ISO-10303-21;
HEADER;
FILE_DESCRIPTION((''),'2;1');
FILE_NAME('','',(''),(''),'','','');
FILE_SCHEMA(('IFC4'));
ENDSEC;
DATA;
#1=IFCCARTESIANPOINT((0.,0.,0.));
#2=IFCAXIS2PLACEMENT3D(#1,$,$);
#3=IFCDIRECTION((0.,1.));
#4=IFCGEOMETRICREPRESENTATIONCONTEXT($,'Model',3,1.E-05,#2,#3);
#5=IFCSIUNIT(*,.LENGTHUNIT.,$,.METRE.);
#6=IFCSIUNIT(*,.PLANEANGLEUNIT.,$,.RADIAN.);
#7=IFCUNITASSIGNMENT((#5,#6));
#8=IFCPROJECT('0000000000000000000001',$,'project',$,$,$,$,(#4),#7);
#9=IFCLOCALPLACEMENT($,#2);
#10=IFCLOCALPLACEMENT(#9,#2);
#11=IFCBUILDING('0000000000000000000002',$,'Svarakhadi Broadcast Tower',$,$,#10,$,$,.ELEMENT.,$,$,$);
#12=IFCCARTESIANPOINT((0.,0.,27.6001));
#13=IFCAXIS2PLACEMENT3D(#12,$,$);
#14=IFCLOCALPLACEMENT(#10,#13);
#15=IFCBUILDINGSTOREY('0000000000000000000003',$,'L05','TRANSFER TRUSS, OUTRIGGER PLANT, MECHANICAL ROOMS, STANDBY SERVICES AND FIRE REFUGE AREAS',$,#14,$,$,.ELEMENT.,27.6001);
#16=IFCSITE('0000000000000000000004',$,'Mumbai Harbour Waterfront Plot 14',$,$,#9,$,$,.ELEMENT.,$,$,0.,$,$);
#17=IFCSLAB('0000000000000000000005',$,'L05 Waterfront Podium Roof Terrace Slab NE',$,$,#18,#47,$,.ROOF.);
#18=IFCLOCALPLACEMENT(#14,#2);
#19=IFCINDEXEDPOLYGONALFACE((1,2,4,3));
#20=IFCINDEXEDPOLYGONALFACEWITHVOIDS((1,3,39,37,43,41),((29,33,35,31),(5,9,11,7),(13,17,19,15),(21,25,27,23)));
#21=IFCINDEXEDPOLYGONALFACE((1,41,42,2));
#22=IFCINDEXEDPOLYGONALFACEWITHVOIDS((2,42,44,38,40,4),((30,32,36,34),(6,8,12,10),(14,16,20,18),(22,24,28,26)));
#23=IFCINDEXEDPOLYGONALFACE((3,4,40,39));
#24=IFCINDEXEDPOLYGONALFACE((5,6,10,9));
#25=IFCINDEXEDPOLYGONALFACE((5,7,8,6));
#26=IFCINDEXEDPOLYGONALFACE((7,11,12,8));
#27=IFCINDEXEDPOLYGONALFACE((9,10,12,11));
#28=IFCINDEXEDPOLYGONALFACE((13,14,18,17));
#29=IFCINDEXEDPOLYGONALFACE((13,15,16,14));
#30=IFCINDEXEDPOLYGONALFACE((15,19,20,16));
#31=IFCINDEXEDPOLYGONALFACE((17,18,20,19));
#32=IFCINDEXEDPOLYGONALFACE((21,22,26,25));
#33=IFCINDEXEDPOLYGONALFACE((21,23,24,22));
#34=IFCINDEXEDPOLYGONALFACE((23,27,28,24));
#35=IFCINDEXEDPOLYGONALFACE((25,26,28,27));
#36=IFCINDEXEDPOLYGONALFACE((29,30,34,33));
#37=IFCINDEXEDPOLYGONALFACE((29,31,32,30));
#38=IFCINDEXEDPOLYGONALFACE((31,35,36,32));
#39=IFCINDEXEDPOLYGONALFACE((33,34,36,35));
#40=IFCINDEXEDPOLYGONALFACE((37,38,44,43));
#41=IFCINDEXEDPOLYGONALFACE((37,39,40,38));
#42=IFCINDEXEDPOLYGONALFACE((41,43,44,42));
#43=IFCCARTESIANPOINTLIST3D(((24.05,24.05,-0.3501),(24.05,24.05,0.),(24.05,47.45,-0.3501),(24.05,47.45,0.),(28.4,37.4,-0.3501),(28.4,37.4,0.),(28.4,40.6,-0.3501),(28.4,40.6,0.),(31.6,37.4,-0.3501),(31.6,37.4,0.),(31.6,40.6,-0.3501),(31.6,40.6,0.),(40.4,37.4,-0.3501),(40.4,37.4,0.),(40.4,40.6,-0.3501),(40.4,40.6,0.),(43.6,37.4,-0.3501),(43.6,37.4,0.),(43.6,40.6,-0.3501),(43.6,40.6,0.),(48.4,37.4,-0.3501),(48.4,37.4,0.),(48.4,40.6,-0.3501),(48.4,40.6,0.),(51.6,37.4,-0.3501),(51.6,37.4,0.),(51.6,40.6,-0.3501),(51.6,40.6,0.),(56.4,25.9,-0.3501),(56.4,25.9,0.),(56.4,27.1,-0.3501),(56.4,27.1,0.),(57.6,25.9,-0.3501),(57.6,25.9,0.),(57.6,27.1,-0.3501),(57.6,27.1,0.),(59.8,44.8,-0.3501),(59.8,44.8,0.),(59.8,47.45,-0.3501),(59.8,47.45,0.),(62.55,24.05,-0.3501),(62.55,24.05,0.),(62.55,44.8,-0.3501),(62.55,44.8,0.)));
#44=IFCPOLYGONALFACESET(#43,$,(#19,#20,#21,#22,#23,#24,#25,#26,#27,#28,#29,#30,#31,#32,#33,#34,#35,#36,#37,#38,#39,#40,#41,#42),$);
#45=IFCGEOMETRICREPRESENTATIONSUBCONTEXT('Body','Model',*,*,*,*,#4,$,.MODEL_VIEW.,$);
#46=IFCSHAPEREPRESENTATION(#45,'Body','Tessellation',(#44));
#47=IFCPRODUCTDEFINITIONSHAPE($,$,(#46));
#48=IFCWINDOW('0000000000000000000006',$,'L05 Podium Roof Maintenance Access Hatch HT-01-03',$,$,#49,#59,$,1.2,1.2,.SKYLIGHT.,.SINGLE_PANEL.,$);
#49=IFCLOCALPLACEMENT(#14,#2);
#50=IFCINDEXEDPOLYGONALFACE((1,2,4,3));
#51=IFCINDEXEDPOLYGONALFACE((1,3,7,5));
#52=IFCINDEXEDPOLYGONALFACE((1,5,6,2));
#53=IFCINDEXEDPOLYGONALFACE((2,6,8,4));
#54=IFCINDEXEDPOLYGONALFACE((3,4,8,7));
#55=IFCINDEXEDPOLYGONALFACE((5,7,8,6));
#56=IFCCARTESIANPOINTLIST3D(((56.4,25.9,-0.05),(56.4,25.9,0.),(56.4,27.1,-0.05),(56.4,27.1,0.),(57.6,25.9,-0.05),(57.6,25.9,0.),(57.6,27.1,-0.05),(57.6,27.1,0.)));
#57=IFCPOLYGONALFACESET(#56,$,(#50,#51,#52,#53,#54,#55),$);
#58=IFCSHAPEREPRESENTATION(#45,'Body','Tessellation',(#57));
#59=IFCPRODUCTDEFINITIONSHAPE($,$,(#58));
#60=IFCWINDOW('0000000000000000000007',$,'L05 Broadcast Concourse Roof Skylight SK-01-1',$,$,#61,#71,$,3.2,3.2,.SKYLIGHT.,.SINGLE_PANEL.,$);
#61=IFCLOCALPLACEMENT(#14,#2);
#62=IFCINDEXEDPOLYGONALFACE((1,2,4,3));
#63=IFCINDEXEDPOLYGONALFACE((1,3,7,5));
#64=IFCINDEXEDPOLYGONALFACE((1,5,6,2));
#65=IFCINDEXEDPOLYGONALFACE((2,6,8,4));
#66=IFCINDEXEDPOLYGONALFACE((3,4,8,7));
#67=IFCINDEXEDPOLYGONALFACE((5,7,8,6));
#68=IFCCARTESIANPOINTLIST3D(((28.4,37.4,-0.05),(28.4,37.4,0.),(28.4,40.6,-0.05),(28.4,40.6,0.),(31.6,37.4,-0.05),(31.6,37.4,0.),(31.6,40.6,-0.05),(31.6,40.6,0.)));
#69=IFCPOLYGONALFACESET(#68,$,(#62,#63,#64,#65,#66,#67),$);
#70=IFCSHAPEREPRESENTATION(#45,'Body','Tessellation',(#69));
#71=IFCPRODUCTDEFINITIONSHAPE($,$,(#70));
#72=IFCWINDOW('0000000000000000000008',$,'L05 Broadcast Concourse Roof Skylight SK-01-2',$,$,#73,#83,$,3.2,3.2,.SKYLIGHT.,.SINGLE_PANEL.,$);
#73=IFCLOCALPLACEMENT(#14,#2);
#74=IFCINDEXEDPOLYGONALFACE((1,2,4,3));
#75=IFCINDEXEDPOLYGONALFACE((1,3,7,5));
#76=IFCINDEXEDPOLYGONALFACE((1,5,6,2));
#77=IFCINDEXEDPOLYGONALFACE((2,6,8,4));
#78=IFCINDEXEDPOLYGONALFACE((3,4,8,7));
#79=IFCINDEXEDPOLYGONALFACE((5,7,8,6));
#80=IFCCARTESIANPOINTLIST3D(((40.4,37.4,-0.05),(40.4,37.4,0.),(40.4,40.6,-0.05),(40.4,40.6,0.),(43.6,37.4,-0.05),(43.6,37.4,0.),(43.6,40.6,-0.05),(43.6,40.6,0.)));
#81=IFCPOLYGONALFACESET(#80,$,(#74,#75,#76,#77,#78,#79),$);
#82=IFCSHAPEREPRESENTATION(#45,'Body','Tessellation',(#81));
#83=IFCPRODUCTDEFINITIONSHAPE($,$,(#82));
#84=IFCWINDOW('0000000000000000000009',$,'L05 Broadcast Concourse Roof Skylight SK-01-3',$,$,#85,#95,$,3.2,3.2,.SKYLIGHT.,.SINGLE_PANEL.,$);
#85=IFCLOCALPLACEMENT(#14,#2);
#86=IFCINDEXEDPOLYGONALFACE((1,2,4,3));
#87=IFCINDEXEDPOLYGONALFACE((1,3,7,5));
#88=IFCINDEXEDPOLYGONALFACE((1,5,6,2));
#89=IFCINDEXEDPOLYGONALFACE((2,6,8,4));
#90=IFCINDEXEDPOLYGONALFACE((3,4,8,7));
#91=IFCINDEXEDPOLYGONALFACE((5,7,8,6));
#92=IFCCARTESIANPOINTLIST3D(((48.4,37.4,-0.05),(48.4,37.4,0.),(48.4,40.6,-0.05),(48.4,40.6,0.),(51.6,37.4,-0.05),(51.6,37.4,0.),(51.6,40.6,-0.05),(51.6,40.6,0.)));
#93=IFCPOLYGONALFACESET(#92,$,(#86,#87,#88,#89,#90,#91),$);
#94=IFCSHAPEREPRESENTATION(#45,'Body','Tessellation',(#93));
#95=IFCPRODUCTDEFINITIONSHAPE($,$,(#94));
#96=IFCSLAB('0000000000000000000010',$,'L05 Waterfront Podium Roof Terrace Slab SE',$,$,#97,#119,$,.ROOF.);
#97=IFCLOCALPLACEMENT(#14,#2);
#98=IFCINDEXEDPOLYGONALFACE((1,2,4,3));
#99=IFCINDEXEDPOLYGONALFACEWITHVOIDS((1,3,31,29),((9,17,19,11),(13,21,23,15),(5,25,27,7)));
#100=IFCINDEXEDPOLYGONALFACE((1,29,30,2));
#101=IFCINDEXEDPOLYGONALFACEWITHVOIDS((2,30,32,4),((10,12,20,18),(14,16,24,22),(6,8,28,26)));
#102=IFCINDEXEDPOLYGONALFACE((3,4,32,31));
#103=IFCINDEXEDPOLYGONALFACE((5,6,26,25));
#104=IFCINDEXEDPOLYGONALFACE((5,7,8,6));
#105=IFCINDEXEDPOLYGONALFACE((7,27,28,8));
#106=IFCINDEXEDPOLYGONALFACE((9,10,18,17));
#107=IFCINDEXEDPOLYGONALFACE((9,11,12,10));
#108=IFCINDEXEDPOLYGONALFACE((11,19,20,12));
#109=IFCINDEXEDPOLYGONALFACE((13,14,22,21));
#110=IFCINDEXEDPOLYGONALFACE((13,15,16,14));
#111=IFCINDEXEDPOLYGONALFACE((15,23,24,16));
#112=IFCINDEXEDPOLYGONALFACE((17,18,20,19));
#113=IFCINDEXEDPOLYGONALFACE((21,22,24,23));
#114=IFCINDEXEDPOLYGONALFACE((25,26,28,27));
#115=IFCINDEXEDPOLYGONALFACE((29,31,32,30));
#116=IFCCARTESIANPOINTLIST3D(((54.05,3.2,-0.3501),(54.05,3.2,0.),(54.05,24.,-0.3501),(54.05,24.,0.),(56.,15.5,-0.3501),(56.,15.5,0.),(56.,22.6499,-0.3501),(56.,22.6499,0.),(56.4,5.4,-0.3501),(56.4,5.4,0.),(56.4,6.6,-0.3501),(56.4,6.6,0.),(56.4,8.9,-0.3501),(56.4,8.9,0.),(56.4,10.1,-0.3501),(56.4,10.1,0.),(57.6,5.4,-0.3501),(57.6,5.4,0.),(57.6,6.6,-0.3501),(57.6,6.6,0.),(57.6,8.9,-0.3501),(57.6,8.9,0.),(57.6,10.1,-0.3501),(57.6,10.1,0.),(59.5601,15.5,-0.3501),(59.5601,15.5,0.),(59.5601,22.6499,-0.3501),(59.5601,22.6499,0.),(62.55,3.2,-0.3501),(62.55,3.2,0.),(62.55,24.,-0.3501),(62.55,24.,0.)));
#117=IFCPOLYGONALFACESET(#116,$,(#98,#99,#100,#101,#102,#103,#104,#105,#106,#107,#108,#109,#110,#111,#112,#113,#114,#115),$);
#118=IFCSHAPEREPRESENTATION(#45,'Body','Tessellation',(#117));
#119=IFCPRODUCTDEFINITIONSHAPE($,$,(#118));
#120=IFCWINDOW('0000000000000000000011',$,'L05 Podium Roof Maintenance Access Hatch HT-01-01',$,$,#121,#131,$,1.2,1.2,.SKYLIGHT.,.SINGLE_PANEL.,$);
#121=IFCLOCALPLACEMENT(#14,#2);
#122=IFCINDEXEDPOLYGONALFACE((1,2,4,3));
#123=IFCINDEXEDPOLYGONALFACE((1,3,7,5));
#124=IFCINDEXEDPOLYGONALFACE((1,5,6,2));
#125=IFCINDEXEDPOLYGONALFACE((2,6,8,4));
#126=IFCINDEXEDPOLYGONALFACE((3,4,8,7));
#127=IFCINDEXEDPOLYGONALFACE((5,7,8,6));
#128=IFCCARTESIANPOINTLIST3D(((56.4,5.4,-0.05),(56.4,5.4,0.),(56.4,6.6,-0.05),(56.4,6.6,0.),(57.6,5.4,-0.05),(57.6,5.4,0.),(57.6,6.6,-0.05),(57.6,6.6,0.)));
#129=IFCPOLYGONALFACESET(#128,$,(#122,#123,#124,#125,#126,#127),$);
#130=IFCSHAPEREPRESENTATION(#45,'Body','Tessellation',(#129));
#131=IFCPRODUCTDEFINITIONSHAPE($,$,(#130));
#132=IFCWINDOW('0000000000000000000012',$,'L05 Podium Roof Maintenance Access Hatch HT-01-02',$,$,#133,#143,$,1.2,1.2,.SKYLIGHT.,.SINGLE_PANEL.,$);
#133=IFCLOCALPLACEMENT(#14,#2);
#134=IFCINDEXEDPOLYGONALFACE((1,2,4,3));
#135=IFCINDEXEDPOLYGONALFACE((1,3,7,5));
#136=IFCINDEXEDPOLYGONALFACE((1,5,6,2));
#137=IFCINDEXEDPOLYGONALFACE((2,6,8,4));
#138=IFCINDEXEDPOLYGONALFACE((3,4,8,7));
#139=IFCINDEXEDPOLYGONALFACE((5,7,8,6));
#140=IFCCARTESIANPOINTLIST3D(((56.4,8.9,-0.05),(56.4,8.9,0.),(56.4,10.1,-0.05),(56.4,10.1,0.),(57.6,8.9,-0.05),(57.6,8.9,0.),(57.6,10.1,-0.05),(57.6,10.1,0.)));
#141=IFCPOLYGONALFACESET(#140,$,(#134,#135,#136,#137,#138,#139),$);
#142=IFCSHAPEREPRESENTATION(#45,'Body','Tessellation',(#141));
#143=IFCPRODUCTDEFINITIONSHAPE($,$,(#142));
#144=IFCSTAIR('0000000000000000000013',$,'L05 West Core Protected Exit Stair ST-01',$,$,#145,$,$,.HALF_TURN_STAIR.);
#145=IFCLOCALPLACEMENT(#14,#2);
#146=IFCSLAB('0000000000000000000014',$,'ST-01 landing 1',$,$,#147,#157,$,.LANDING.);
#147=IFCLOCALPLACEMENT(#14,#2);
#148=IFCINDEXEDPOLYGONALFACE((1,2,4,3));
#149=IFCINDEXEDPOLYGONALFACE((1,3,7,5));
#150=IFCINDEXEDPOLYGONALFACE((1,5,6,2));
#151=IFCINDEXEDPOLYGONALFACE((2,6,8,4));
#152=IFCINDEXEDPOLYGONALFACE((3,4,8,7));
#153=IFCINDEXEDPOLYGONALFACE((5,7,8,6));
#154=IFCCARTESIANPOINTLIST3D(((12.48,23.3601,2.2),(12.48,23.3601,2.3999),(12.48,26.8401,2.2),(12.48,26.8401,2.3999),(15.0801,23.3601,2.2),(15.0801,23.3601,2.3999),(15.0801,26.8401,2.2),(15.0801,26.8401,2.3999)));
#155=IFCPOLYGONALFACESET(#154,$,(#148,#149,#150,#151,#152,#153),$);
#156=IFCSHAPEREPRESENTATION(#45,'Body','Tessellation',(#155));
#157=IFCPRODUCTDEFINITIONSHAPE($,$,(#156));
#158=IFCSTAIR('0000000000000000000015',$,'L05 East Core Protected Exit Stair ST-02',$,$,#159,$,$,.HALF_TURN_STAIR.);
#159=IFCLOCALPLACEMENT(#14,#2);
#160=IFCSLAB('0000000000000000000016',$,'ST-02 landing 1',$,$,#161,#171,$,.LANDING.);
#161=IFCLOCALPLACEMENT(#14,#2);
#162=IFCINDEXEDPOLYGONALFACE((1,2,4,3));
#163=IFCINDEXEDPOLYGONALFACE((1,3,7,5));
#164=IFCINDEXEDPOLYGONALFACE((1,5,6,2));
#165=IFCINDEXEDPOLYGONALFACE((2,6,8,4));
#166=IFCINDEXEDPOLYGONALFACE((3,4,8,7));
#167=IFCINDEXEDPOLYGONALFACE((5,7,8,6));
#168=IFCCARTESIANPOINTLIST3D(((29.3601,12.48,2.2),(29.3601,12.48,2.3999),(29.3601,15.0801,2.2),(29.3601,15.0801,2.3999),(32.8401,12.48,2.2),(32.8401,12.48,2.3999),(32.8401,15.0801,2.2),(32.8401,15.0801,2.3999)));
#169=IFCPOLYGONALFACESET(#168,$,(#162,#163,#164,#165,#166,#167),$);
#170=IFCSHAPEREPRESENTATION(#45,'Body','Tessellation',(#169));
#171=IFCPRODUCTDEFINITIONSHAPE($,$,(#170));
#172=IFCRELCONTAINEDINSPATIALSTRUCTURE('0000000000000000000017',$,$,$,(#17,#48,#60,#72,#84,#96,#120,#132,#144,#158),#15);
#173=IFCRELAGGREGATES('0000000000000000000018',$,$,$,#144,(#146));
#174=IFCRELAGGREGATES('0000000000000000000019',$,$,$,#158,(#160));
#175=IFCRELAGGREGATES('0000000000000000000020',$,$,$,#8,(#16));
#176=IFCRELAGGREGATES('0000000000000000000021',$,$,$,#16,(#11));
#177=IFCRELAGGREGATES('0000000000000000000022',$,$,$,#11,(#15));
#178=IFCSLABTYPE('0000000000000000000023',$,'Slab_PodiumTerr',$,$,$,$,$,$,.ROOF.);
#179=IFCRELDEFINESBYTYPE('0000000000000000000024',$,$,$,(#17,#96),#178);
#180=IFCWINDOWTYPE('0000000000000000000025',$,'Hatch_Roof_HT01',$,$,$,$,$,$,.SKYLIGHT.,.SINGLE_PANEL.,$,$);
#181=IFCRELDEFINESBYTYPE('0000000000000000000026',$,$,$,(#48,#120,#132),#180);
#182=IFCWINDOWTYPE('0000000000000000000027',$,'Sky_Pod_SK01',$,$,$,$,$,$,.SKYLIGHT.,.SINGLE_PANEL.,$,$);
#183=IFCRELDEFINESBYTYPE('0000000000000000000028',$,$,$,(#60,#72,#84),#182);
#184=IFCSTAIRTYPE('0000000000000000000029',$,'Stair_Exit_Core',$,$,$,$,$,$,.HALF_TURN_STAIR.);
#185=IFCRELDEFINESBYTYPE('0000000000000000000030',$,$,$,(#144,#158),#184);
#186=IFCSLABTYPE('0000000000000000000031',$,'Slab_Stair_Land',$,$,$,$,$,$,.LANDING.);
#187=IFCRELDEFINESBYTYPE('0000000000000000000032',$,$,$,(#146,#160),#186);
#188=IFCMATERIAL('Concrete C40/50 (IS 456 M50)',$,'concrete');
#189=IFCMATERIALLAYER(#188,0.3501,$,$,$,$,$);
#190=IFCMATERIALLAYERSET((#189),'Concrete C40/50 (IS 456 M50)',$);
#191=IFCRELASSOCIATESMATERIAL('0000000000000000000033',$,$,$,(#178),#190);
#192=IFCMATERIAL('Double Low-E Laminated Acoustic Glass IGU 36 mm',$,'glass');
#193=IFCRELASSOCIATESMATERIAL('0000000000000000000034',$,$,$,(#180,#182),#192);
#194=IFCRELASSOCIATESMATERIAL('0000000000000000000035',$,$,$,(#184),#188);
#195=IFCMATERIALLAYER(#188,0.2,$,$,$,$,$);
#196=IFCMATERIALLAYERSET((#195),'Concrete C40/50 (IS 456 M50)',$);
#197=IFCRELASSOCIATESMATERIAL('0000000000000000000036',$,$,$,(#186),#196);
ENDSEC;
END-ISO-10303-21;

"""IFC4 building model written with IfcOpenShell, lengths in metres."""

from ifc_helpers import new_model, si_unit, direction, frame, origin, origin_2d, place, context, subcontext, project, spatial, polyline, rectangle, outline, extrude, material, layer, layer_set, type_object, element, fill, aggregate, save


model = new_model("IFC4")

# Units and contexts
model_context = context("Model", 3, precision=1e-05, world=origin(), true_north=direction((0.0, 1.0)))
body_context = subcontext(model_context, "Body", "Model", "MODEL_VIEW")
ifc_project = project(units=[si_unit("LENGTHUNIT", "METRE"), si_unit("PLANEANGLEUNIT", "RADIAN")], contexts=[model_context])

# Site, building, storey
site_placement = place(None, origin())
site = spatial("IfcSite", under=ifc_project, at=site_placement, Name="Mumbai Harbour Waterfront Plot 14", CompositionType="ELEMENT", RefElevation=0.0)
building_placement = place(site_placement, origin())
building = spatial("IfcBuilding", under=site, at=building_placement, Name="Svarakhadi Broadcast Tower", CompositionType="ELEMENT")
storey_placement = place(building_placement, frame((0.0, 0.0, 27.6001)))
storey = spatial("IfcBuildingStorey", under=building, at=storey_placement, Name="L05", Description="TRANSFER TRUSS, OUTRIGGER PLANT, MECHANICAL ROOMS, STANDBY SERVICES AND FIRE REFUGE AREAS", CompositionType="ELEMENT", Elevation=27.6001)

# Slabs, openings, windows
ifc_material_1 = material(Name="Concrete C40/50 (IS 456 M50)", Category="concrete")
ifc_layer_1 = layer(ifc_material_1, 0.3501)
ifc_layer_set_1 = layer_set([ifc_layer_1], Name="Concrete C40/50 (IS 456 M50)")
slab_type_1 = type_object("IfcSlabType", Name="Slab_PodiumTerr", PredefinedType="ROOF", material=ifc_layer_set_1)
slab_1_placement = place(storey_placement, frame((0.0, 0.0, -0.3501)))
slab_1 = element("IfcSlab", 1, at=slab_1_placement, inside=storey, type_object=slab_type_1, Name="L05 Waterfront Podium Roof Terrace Slab NE", PredefinedType="ROOF", context=body_context, shape_type="SweptSolid", body=[
    extrude(outline(polyline([(24.05, 24.05), (62.55, 24.05), (62.55, 44.8), (59.8, 44.8), (59.8, 47.45), (24.05, 47.45), (24.05, 24.05)])), origin(), (0.0, 0.0, 1.0), 0.3501),
])
opening_1_placement = place(slab_1_placement, frame((30.0, 39.0, -0.01)))
opening_1 = element("IfcOpeningElement", 2, at=opening_1_placement, cuts=slab_1, PredefinedType="OPENING", context=body_context, shape_type="SweptSolid", body=[
    extrude(rectangle(XDim=3.2, YDim=3.2, at=origin_2d()), origin(), (0.0, 0.0, 1.0), 0.3701),
])
opening_2_placement = place(slab_1_placement, frame((42.0, 39.0, -0.01)))
opening_2 = element("IfcOpeningElement", 3, at=opening_2_placement, cuts=slab_1, PredefinedType="OPENING", context=body_context, shape_type="SweptSolid", body=[
    extrude(rectangle(XDim=3.2, YDim=3.2, at=origin_2d()), origin(), (0.0, 0.0, 1.0), 0.3701),
])
opening_3_placement = place(slab_1_placement, frame((50.0, 39.0, -0.01)))
opening_3 = element("IfcOpeningElement", 4, at=opening_3_placement, cuts=slab_1, PredefinedType="OPENING", context=body_context, shape_type="SweptSolid", body=[
    extrude(rectangle(XDim=3.2, YDim=3.2, at=origin_2d()), origin(), (0.0, 0.0, 1.0), 0.3701),
])
opening_4_placement = place(slab_1_placement, frame((57.0, 26.5, -0.01)))
opening_4 = element("IfcOpeningElement", 5, at=opening_4_placement, cuts=slab_1, PredefinedType="OPENING", context=body_context, shape_type="SweptSolid", body=[
    extrude(rectangle(XDim=1.2, YDim=1.2, at=origin_2d()), origin(), (0.0, 0.0, 1.0), 0.3701),
])
ifc_material_2 = material(Name="Double Low-E Laminated Acoustic Glass IGU 36 mm", Category="glass")
window_type_1 = type_object("IfcWindowType", Name="Hatch_Roof_HT01", PartitioningType="SINGLE_PANEL", PredefinedType="SKYLIGHT", material=ifc_material_2)
window_1_placement = place(slab_1_placement, frame((57.0, 26.5, 0.3)))
window_1 = element("IfcWindow", 6, at=window_1_placement, inside=storey, type_object=window_type_1, Name="L05 Podium Roof Maintenance Access Hatch HT-01-03", OverallHeight=1.2, OverallWidth=1.2, PartitioningType="SINGLE_PANEL", PredefinedType="SKYLIGHT", context=body_context, shape_type="SweptSolid", body=[
    extrude(rectangle(XDim=1.2, YDim=1.2, at=origin_2d()), origin(), (0.0, 0.0, 1.0), 0.05),
])
fill(opening_4, window_1)
window_type_2 = type_object("IfcWindowType", Name="Sky_Pod_SK01", PartitioningType="SINGLE_PANEL", PredefinedType="SKYLIGHT", material=ifc_material_2)
window_2_placement = place(slab_1_placement, frame((30.0, 39.0, 0.3)))
window_2 = element("IfcWindow", 7, at=window_2_placement, inside=storey, type_object=window_type_2, Name="L05 Broadcast Concourse Roof Skylight SK-01-1", OverallHeight=3.2, OverallWidth=3.2, PartitioningType="SINGLE_PANEL", PredefinedType="SKYLIGHT", context=body_context, shape_type="SweptSolid", body=[
    extrude(rectangle(XDim=3.2, YDim=3.2, at=origin_2d()), origin(), (0.0, 0.0, 1.0), 0.05),
])
fill(opening_1, window_2)
window_3_placement = place(slab_1_placement, frame((42.0, 39.0, 0.3)))
window_3 = element("IfcWindow", 8, at=window_3_placement, inside=storey, type_object=window_type_2, Name="L05 Broadcast Concourse Roof Skylight SK-01-2", OverallHeight=3.2, OverallWidth=3.2, PartitioningType="SINGLE_PANEL", PredefinedType="SKYLIGHT", context=body_context, shape_type="SweptSolid", body=[
    extrude(rectangle(XDim=3.2, YDim=3.2, at=origin_2d()), origin(), (0.0, 0.0, 1.0), 0.05),
])
fill(opening_2, window_3)
window_4_placement = place(slab_1_placement, frame((50.0, 39.0, 0.3)))
window_4 = element("IfcWindow", 9, at=window_4_placement, inside=storey, type_object=window_type_2, Name="L05 Broadcast Concourse Roof Skylight SK-01-3", OverallHeight=3.2, OverallWidth=3.2, PartitioningType="SINGLE_PANEL", PredefinedType="SKYLIGHT", context=body_context, shape_type="SweptSolid", body=[
    extrude(rectangle(XDim=3.2, YDim=3.2, at=origin_2d()), origin(), (0.0, 0.0, 1.0), 0.05),
])
fill(opening_3, window_4)
slab_2_placement = place(storey_placement, frame((0.0, 0.0, -0.3501)))
slab_2 = element("IfcSlab", 10, at=slab_2_placement, inside=storey, type_object=slab_type_1, Name="L05 Waterfront Podium Roof Terrace Slab SE", PredefinedType="ROOF", context=body_context, shape_type="SweptSolid", body=[
    extrude(outline(polyline([(54.05, 3.2), (62.55, 3.2), (62.55, 24.0), (54.05, 24.0), (54.05, 3.2)]), holes=[polyline([(59.5601, 15.5), (59.5601, 22.6499), (56.0, 22.6499), (56.0, 15.5), (59.5601, 15.5)])]), origin(), (0.0, 0.0, 1.0), 0.3501),
])
opening_5_placement = place(slab_2_placement, frame((57.0, 6.0, -0.01)))
opening_5 = element("IfcOpeningElement", 11, at=opening_5_placement, cuts=slab_2, PredefinedType="OPENING", context=body_context, shape_type="SweptSolid", body=[
    extrude(rectangle(XDim=1.2, YDim=1.2, at=origin_2d()), origin(), (0.0, 0.0, 1.0), 0.3701),
])
opening_6_placement = place(slab_2_placement, frame((57.0, 9.5, -0.01)))
opening_6 = element("IfcOpeningElement", 12, at=opening_6_placement, cuts=slab_2, PredefinedType="OPENING", context=body_context, shape_type="SweptSolid", body=[
    extrude(rectangle(XDim=1.2, YDim=1.2, at=origin_2d()), origin(), (0.0, 0.0, 1.0), 0.3701),
])
window_5_placement = place(slab_2_placement, frame((57.0, 6.0, 0.3)))
window_5 = element("IfcWindow", 13, at=window_5_placement, inside=storey, type_object=window_type_1, Name="L05 Podium Roof Maintenance Access Hatch HT-01-01", OverallHeight=1.2, OverallWidth=1.2, PartitioningType="SINGLE_PANEL", PredefinedType="SKYLIGHT", context=body_context, shape_type="SweptSolid", body=[
    extrude(rectangle(XDim=1.2, YDim=1.2, at=origin_2d()), origin(), (0.0, 0.0, 1.0), 0.05),
])
fill(opening_5, window_5)
window_6_placement = place(slab_2_placement, frame((57.0, 9.5, 0.3)))
window_6 = element("IfcWindow", 14, at=window_6_placement, inside=storey, type_object=window_type_1, Name="L05 Podium Roof Maintenance Access Hatch HT-01-02", OverallHeight=1.2, OverallWidth=1.2, PartitioningType="SINGLE_PANEL", PredefinedType="SKYLIGHT", context=body_context, shape_type="SweptSolid", body=[
    extrude(rectangle(XDim=1.2, YDim=1.2, at=origin_2d()), origin(), (0.0, 0.0, 1.0), 0.05),
])
fill(opening_6, window_6)

# Stairs, slabs
stair_type = type_object("IfcStairType", Name="Stair_Exit_Core", PredefinedType="HALF_TURN_STAIR", material=ifc_material_1)
stair_1_placement = place(storey_placement, origin())
stair_1 = element("IfcStair", 15, at=stair_1_placement, inside=storey, type_object=stair_type, Name="L05 West Core Protected Exit Stair ST-01", PredefinedType="HALF_TURN_STAIR")
ifc_layer_2 = layer(ifc_material_1, 0.2)
ifc_layer_set_2 = layer_set([ifc_layer_2], Name="Concrete C40/50 (IS 456 M50)")
slab_type_2 = type_object("IfcSlabType", Name="Slab_Stair_Land", PredefinedType="LANDING", material=ifc_layer_set_2)
slab_3_placement = place(storey_placement, frame((0.0, 0.0, 2.2)))
slab_3 = element("IfcSlab", 16, at=slab_3_placement, type_object=slab_type_2, Name="ST-01 landing 1", PredefinedType="LANDING", context=body_context, shape_type="SweptSolid", body=[
    extrude(outline(polyline([(12.48, 23.3601), (15.0801, 23.3601), (15.0801, 26.8401), (12.48, 26.8401), (12.48, 23.3601)])), origin(), (0.0, 0.0, 1.0), 0.2),
])
aggregate(stair_1, [slab_3])
stair_2_placement = place(storey_placement, origin())
stair_2 = element("IfcStair", 17, at=stair_2_placement, inside=storey, type_object=stair_type, Name="L05 East Core Protected Exit Stair ST-02", PredefinedType="HALF_TURN_STAIR")
slab_4_placement = place(storey_placement, frame((0.0, 0.0, 2.2)))
slab_4 = element("IfcSlab", 18, at=slab_4_placement, type_object=slab_type_2, Name="ST-02 landing 1", PredefinedType="LANDING", context=body_context, shape_type="SweptSolid", body=[
    extrude(outline(polyline([(32.8401, 12.48), (32.8401, 15.0801), (29.3601, 15.0801), (29.3601, 12.48), (32.8401, 12.48)])), origin(), (0.0, 0.0, 1.0), 0.2),
])
aggregate(stair_2, [slab_4])

save(model, "model.ifc")
